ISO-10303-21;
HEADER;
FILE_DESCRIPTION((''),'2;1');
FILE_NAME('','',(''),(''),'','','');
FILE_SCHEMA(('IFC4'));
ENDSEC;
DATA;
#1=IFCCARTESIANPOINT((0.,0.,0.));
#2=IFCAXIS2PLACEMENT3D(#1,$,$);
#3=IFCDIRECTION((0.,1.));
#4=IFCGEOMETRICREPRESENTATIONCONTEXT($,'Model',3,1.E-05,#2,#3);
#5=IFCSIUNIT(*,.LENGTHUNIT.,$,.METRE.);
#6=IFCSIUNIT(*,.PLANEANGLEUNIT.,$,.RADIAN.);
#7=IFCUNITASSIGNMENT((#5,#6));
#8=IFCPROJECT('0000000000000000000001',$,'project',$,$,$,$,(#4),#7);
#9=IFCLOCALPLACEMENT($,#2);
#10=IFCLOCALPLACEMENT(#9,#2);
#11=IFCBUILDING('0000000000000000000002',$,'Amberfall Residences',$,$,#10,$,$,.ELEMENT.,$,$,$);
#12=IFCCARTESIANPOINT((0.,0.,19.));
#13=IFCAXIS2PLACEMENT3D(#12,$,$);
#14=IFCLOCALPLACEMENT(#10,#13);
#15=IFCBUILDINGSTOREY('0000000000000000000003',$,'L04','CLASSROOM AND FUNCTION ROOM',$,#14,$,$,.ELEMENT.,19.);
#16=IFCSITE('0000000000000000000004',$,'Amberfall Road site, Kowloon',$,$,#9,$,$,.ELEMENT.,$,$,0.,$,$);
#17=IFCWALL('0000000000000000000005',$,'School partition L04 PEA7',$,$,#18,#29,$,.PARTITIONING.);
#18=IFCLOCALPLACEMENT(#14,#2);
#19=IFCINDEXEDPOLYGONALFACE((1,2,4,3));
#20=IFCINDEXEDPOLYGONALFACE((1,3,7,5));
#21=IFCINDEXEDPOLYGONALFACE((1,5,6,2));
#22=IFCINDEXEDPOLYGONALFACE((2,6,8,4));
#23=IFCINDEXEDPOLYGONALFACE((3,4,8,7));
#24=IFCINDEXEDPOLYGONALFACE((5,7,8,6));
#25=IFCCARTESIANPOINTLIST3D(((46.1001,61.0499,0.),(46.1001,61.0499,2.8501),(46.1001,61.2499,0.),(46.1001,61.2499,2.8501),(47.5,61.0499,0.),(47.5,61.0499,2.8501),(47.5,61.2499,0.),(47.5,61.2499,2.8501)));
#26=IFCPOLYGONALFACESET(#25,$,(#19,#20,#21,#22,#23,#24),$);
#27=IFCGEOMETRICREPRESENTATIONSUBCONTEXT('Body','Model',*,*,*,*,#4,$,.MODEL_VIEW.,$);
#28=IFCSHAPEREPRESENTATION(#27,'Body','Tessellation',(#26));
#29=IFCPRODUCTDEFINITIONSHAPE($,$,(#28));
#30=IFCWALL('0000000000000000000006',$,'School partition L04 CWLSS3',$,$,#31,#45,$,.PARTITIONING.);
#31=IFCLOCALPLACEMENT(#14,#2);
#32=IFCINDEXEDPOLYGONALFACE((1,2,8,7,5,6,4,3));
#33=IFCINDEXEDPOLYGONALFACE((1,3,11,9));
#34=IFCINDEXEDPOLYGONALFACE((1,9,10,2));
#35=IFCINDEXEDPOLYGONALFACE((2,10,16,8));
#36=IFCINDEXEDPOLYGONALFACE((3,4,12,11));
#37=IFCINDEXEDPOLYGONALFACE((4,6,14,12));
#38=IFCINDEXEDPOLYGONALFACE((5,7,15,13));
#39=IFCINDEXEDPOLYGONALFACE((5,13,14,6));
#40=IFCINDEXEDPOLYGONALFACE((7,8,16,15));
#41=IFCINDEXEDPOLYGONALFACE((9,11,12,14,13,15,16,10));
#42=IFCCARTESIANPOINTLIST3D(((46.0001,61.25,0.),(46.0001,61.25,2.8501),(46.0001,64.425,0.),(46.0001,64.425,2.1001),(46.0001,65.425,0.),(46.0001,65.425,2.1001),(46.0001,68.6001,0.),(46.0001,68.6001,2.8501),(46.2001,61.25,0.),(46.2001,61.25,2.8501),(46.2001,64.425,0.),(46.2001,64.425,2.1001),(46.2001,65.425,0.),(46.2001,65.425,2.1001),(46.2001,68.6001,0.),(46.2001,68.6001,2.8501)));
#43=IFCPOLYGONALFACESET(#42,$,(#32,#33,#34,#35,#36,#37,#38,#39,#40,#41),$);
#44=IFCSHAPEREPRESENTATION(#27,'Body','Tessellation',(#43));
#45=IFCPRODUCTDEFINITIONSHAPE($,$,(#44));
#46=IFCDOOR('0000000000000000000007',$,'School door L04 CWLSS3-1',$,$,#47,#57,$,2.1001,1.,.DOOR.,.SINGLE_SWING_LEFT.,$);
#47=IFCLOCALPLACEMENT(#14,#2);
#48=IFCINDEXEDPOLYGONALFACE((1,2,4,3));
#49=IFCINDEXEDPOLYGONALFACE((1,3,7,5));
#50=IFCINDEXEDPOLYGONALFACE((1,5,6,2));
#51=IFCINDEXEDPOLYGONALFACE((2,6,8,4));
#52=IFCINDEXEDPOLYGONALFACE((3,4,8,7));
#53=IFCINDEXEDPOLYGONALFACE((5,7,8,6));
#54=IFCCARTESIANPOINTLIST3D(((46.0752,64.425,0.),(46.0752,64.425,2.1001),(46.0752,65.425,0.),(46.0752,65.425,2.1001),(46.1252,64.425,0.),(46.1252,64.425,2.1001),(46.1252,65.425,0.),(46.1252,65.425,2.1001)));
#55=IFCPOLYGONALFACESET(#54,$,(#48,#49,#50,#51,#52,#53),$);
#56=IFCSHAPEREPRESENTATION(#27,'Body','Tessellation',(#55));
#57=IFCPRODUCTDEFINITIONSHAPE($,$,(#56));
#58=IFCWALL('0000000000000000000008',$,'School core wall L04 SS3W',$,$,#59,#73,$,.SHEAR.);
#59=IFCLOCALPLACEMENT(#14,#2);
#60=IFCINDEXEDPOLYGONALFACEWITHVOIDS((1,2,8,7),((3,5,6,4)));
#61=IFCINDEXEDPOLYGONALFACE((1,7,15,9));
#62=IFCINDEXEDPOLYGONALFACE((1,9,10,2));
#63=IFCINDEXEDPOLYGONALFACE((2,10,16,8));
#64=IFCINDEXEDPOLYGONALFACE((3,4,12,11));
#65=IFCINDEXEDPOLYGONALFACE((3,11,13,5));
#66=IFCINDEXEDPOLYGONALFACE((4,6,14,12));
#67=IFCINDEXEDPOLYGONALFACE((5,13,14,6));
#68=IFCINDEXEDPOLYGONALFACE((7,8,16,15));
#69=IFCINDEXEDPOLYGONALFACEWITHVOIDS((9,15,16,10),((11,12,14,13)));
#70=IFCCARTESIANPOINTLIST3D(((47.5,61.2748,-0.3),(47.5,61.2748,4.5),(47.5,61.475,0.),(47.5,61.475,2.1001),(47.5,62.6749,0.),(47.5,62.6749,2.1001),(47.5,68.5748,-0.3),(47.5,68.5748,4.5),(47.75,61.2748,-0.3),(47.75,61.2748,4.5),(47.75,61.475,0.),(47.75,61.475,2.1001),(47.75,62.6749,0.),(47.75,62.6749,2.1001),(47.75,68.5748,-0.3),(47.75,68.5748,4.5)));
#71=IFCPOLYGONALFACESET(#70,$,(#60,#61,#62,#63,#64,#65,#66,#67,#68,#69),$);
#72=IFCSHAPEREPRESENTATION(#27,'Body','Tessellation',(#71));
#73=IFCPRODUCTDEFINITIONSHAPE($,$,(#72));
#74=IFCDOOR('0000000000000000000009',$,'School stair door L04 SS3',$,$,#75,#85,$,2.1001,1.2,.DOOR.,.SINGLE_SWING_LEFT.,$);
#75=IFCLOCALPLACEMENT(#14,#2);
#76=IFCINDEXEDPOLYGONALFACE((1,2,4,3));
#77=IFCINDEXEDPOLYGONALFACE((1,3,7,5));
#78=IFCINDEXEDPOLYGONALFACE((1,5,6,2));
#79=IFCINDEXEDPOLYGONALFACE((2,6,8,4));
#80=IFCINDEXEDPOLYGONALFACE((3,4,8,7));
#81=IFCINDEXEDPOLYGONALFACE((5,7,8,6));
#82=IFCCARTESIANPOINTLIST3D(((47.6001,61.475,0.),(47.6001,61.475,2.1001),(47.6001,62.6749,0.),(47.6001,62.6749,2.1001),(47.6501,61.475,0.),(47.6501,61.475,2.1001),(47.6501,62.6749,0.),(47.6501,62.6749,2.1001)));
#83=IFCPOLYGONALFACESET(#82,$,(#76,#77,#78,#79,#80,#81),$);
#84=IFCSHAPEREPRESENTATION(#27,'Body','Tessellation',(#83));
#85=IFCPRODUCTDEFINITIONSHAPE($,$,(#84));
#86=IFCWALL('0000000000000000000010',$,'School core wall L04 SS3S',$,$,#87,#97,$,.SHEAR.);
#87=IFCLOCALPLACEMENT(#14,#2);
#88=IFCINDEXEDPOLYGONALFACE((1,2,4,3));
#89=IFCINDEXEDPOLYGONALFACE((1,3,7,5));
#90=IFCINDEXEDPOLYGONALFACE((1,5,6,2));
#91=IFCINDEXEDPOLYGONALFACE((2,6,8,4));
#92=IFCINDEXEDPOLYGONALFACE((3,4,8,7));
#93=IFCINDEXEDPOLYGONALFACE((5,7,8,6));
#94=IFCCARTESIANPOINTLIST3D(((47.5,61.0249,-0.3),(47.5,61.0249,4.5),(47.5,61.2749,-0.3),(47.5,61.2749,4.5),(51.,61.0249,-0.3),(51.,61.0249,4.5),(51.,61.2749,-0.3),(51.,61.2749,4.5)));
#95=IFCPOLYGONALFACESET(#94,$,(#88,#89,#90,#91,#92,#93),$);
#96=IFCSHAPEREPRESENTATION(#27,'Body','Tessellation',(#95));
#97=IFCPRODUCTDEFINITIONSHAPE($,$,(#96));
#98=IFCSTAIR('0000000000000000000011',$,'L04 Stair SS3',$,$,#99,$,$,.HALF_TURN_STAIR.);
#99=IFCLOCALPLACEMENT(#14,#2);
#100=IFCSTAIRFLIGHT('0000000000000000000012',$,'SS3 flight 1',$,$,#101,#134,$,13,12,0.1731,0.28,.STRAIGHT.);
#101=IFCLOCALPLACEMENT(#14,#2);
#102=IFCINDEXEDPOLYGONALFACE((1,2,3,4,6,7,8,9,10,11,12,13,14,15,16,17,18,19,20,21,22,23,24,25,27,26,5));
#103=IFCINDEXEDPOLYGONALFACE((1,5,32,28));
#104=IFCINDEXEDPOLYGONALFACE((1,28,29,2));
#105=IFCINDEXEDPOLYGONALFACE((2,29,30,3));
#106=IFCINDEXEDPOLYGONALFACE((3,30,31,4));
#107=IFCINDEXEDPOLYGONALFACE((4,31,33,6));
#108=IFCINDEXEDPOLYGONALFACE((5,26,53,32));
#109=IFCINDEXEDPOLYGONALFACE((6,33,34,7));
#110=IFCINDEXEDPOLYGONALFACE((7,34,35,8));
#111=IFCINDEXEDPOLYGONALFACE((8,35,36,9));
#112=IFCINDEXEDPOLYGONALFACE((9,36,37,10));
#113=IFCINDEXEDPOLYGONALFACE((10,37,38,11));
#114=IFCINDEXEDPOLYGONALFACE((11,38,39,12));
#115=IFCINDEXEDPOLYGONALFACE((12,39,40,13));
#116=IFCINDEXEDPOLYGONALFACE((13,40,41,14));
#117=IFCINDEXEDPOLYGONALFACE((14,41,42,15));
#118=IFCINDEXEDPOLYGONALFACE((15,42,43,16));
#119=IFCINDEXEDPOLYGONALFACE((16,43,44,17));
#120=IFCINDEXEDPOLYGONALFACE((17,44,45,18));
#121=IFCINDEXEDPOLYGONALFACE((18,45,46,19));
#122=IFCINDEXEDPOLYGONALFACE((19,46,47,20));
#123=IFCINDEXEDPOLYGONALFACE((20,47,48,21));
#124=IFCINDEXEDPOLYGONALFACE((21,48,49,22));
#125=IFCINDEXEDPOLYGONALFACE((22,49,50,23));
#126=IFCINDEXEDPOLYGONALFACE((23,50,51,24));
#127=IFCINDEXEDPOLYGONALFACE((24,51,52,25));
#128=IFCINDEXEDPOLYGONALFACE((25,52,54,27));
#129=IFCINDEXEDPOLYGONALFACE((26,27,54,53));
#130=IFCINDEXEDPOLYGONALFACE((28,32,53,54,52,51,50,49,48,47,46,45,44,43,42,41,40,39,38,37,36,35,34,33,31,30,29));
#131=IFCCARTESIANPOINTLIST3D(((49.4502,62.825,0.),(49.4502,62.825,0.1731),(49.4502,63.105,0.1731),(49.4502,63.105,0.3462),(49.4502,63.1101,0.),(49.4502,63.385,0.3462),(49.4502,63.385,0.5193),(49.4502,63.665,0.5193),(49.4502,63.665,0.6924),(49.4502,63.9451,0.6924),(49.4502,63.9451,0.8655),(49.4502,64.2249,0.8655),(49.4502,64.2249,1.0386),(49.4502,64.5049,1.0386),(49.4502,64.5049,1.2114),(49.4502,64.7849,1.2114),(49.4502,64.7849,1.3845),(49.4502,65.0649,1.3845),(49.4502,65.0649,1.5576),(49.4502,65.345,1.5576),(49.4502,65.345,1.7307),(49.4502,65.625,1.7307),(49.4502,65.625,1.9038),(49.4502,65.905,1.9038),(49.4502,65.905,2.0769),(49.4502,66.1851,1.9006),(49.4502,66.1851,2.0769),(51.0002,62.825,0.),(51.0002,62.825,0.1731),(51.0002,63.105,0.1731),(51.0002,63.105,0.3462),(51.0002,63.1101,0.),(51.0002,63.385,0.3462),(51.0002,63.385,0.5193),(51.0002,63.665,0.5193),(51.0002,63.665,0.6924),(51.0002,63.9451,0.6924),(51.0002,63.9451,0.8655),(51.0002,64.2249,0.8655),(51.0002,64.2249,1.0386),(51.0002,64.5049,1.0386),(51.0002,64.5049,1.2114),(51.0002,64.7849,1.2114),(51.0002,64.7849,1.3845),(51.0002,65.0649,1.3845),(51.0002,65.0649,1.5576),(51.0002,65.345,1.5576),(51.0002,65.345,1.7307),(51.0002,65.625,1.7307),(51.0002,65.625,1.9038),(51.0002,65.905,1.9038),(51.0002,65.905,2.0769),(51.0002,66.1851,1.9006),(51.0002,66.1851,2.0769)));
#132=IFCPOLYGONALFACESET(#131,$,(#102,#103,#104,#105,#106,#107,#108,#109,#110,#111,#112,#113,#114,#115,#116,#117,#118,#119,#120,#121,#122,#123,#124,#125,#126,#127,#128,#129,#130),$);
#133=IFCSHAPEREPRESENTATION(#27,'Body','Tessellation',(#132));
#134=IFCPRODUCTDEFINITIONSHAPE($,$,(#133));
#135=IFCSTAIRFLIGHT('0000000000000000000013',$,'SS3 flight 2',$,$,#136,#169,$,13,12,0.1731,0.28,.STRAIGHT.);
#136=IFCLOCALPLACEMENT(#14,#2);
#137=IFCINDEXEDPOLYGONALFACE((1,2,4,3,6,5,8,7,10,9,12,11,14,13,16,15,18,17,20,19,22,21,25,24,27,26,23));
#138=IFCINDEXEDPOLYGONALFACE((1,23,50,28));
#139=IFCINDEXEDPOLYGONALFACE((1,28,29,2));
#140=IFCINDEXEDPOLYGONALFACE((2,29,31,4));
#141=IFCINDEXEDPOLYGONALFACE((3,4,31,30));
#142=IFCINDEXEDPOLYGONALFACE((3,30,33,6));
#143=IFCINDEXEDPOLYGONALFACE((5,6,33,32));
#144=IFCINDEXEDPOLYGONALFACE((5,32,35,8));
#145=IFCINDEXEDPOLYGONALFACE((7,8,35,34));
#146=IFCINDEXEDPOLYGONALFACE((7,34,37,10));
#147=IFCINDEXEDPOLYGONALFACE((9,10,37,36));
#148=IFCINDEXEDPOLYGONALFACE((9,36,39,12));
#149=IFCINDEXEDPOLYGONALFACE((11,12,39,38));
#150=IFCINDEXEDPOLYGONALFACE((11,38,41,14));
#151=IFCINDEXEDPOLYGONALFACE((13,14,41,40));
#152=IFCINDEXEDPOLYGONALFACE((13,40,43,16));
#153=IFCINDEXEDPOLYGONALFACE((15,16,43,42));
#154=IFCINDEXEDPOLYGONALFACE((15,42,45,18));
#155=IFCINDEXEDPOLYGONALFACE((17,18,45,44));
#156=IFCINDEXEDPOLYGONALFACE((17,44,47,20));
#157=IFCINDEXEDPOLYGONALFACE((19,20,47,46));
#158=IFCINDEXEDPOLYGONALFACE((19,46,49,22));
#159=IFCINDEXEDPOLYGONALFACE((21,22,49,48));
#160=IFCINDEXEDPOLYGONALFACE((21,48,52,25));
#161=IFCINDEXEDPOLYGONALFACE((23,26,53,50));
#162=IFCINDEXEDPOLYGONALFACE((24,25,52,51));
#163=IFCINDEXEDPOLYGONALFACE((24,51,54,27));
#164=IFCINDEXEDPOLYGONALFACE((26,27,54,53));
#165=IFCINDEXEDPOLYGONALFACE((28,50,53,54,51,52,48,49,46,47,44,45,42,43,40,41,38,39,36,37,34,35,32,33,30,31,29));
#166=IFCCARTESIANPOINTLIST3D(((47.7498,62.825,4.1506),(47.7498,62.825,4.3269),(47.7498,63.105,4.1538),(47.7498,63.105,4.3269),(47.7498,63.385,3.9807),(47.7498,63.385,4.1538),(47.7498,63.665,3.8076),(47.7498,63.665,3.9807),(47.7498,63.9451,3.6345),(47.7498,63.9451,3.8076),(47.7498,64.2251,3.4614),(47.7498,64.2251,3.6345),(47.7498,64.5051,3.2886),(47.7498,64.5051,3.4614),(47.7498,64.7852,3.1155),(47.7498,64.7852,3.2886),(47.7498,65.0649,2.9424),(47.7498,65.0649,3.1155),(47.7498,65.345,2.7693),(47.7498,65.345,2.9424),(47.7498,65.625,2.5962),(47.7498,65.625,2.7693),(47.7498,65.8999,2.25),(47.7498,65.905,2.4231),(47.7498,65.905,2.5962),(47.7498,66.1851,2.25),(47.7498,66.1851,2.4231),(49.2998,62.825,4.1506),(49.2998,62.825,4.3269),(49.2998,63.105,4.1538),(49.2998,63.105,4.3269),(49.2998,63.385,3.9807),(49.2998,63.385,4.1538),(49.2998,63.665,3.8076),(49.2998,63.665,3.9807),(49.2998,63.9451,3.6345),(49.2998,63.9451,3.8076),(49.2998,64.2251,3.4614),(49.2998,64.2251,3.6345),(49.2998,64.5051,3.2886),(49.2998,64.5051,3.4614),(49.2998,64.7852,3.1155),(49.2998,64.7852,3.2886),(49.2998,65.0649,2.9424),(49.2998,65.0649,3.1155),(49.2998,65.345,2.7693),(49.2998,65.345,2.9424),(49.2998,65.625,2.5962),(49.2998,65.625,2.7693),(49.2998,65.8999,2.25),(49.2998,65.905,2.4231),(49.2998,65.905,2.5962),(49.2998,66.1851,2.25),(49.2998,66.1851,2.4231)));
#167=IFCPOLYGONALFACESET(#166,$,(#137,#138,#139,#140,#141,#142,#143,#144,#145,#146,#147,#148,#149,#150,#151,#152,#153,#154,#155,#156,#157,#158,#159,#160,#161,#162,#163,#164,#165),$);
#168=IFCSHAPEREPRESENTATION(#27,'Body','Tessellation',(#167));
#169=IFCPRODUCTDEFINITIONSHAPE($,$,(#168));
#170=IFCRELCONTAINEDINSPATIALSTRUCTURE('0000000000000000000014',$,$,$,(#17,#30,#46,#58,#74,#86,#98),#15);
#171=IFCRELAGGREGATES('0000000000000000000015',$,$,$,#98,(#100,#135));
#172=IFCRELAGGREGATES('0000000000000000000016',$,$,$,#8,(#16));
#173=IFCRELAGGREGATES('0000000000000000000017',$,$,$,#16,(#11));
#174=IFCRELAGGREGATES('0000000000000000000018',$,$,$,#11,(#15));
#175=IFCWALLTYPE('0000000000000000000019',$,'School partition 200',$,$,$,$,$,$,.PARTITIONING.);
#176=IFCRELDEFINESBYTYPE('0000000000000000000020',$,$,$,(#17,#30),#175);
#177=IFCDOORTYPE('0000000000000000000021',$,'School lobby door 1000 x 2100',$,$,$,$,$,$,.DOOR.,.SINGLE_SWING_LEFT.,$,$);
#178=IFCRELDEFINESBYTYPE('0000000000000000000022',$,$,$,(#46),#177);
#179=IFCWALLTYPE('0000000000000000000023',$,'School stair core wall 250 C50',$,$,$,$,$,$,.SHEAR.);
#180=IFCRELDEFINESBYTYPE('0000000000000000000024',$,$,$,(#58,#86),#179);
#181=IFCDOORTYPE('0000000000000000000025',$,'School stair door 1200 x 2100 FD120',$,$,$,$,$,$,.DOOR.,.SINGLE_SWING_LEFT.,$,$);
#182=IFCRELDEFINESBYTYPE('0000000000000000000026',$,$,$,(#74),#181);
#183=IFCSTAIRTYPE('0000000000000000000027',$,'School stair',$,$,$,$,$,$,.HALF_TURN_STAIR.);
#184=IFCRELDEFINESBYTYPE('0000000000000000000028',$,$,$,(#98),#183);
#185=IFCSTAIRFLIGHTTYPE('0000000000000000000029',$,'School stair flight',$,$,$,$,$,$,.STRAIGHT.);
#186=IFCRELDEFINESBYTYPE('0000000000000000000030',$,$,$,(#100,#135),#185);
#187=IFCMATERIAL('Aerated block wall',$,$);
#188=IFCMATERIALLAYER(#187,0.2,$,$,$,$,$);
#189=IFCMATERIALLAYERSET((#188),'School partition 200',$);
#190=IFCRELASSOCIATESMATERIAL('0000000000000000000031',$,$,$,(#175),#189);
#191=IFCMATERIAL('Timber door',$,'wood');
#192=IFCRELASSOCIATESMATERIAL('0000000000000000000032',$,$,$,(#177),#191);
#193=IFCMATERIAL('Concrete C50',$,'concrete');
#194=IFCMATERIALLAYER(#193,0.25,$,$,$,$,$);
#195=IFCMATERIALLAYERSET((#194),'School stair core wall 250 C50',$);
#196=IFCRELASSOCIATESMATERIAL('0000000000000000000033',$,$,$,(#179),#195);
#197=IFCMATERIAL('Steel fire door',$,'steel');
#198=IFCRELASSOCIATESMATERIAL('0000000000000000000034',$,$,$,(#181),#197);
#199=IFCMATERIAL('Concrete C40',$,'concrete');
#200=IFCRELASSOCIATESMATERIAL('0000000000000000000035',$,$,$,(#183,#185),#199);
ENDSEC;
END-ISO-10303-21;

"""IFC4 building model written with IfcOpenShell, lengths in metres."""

from ifc_helpers import new_model, si_unit, direction, frame, frame_2d, origin, place, context, subcontext, project, spatial, polyline, rectangle, outline, extrude, material, layer, layer_set, type_object, element, fill, aggregate, save


model = new_model("IFC4")

# Units and contexts
model_context = context("Model", 3, precision=1e-05, world=origin(), true_north=direction((0.0, 1.0)))
body_context = subcontext(model_context, "Body", "Model", "MODEL_VIEW")
ifc_project = project(units=[si_unit("LENGTHUNIT", "METRE"), si_unit("PLANEANGLEUNIT", "RADIAN")], contexts=[model_context])

# Site, building, storey
site_placement = place(None, origin())
site = spatial("IfcSite", under=ifc_project, at=site_placement, Name="Amberfall Road site, Kowloon", CompositionType="ELEMENT", RefElevation=0.0)
building_placement = place(site_placement, origin())
building = spatial("IfcBuilding", under=site, at=building_placement, Name="Amberfall Residences", CompositionType="ELEMENT")
storey_placement = place(building_placement, frame((0.0, 0.0, 19.0)))
storey = spatial("IfcBuildingStorey", under=building, at=storey_placement, Name="L04", Description="CLASSROOM AND FUNCTION ROOM", CompositionType="ELEMENT", Elevation=19.0)

# Shared definitions
ifc_material_1 = material(Name="Concrete C40", Category="concrete")

# Shared definitions
ifc_material_2 = material(Name="Aerated block wall")

# Shared definitions
ifc_layer_1 = layer(ifc_material_2, 0.2)
ifc_layer_set_1 = layer_set([ifc_layer_1], Name="School partition 200")
wall_type_1 = type_object("IfcWallType", Name="School partition 200", PredefinedType="PARTITIONING", material=ifc_layer_set_1)
ifc_material_3 = material(Name="Timber door", Category="wood")

# Wall
wall_1_placement = place(storey_placement, frame((46.1001, 61.1499, 0.0), z_axis=(0.0, 0.0, 1.0), x_axis=(1.0, 0.0, 0.0)))
element("IfcWall", 1, at=wall_1_placement, inside=storey, type_object=wall_type_1, Name="School partition L04 PEA7", PredefinedType="PARTITIONING", context=body_context, shape_type="SweptSolid", body=[
    extrude(rectangle(XDim=1.3999, YDim=0.2, at=frame_2d((0.7, 0.0))), origin(), (0.0, 0.0, 1.0), 2.8501),
])

# Walls, openings, doors
wall_2_placement = place(storey_placement, frame((46.1001, 61.25, 0.0), z_axis=(0.0, 0.0, 1.0), x_axis=(0.0, 1.0, 0.0)))
wall_2 = element("IfcWall", 2, at=wall_2_placement, inside=storey, type_object=wall_type_1, Name="School partition L04 CWLSS3", PredefinedType="PARTITIONING", context=body_context, shape_type="SweptSolid", body=[
    extrude(rectangle(XDim=7.3501, YDim=0.2, at=frame_2d((3.675, 0.0))), origin(), (0.0, 0.0, 1.0), 2.8501),
])
opening_1_placement = place(wall_2_placement, frame((3.175, 0.0, 0.0)))
opening_1 = element("IfcOpeningElement", 3, at=opening_1_placement, cuts=wall_2, PredefinedType="OPENING", context=body_context, shape_type="SweptSolid", body=[
    extrude(rectangle(XDim=1.0, YDim=2.1001, at=frame_2d((0.5, 1.05))), frame((0.0, 0.1099, 0.0), z_axis=(0.0, -1.0, 0.0), x_axis=(1.0, 0.0, 0.0)), (0.0, 0.0, 1.0), 0.22),
])
door_type_1 = type_object("IfcDoorType", Name="School lobby door 1000 x 2100", OperationType="SINGLE_SWING_LEFT", PredefinedType="DOOR", material=ifc_material_3)
door_1_placement = place(opening_1_placement, origin())
door_1 = element("IfcDoor", 4, at=door_1_placement, inside=storey, type_object=door_type_1, Name="School door L04 CWLSS3-1", OperationType="SINGLE_SWING_LEFT", OverallHeight=2.1001, OverallWidth=1.0, PredefinedType="DOOR", context=body_context, shape_type="SweptSolid", body=[
    extrude(rectangle(XDim=1.0, YDim=2.1001, at=frame_2d((0.5, 1.05))), frame((0.0, 0.0249, 0.0), z_axis=(0.0, -1.0, 0.0), x_axis=(1.0, 0.0, 0.0)), (0.0, 0.0, 1.0), 0.05),
])
fill(opening_1, door_1)
ifc_material_4 = material(Name="Concrete C50", Category="concrete")
ifc_layer_2 = layer(ifc_material_4, 0.25)
ifc_layer_set_2 = layer_set([ifc_layer_2], Name="School stair core wall 250 C50")
wall_type_2 = type_object("IfcWallType", Name="School stair core wall 250 C50", PredefinedType="SHEAR", material=ifc_layer_set_2)
wall_3_placement = place(storey_placement, frame((47.625, 61.2749, -0.3), z_axis=(0.0, 0.0, 1.0), x_axis=(0.0, 1.0, 0.0)))
wall_3 = element("IfcWall", 5, at=wall_3_placement, inside=storey, type_object=wall_type_2, Name="School core wall L04 SS3W", PredefinedType="SHEAR", context=body_context, shape_type="SweptSolid", body=[
    extrude(rectangle(XDim=7.3, YDim=0.25, at=frame_2d((3.6499, 0.0))), origin(), (0.0, 0.0, 1.0), 4.8),
])
opening_2_placement = place(wall_3_placement, frame((0.2, 0.0, 0.3)))
opening_2 = element("IfcOpeningElement", 6, at=opening_2_placement, cuts=wall_3, PredefinedType="OPENING", context=body_context, shape_type="SweptSolid", body=[
    extrude(rectangle(XDim=1.2, YDim=2.1001, at=frame_2d((0.6001, 1.05))), frame((0.0, 0.135, 0.0), z_axis=(0.0, -1.0, 0.0), x_axis=(1.0, 0.0, 0.0)), (0.0, 0.0, 1.0), 0.27),
])
ifc_material_5 = material(Name="Steel fire door", Category="steel")
door_type_2 = type_object("IfcDoorType", Name="School stair door 1200 x 2100 FD120", OperationType="SINGLE_SWING_LEFT", PredefinedType="DOOR", material=ifc_material_5)
door_2_placement = place(opening_2_placement, origin())
door_2 = element("IfcDoor", 7, at=door_2_placement, inside=storey, type_object=door_type_2, Name="School stair door L04 SS3", OperationType="SINGLE_SWING_LEFT", OverallHeight=2.1001, OverallWidth=1.2, PredefinedType="DOOR", context=body_context, shape_type="SweptSolid", body=[
    extrude(rectangle(XDim=1.2, YDim=2.1001, at=frame_2d((0.6001, 1.05))), frame((0.0, 0.0249, 0.0), z_axis=(0.0, -1.0, 0.0), x_axis=(1.0, 0.0, 0.0)), (0.0, 0.0, 1.0), 0.05),
])
fill(opening_2, door_2)

# Wall
wall_4_placement = place(storey_placement, frame((47.5, 61.1499, -0.3), z_axis=(0.0, 0.0, 1.0), x_axis=(1.0, 0.0, 0.0)))
element("IfcWall", 8, at=wall_4_placement, inside=storey, type_object=wall_type_2, Name="School core wall L04 SS3S", PredefinedType="SHEAR", context=body_context, shape_type="SweptSolid", body=[
    extrude(rectangle(XDim=3.5, YDim=0.25, at=frame_2d((1.75, 0.0))), origin(), (0.0, 0.0, 1.0), 4.8),
])

# Stair, stair flights
stair_type = type_object("IfcStairType", Name="School stair", PredefinedType="HALF_TURN_STAIR", material=ifc_material_1)
stair_placement = place(storey_placement, origin())
stair = element("IfcStair", 9, at=stair_placement, inside=storey, type_object=stair_type, Name="L04 Stair SS3", PredefinedType="HALF_TURN_STAIR")
stair_flight_type = type_object("IfcStairFlightType", Name="School stair flight", PredefinedType="STRAIGHT", material=ifc_material_1)
stair_flight_1_placement = place(storey_placement, frame((50.2251, 62.825, 0.0), z_axis=(0.0, 0.0, 1.0), x_axis=(0.0, 1.0, 0.0)))
stair_flight_1 = element("IfcStairFlight", 10, at=stair_flight_1_placement, type_object=stair_flight_type, Name="SS3 flight 1", NumberOfRisers=13, NumberOfTreads=12, PredefinedType="STRAIGHT", RiserHeight=0.1731, TreadLength=0.28, context=body_context, shape_type="SweptSolid", body=[
    extrude(outline(polyline([(0.0, 0.0), (0.0, 0.1731), (0.28, 0.1731), (0.28, 0.3462), (0.5601, 0.3462), (0.5601, 0.5193), (0.8401, 0.5193), (0.8401, 0.6924), (1.1201, 0.6924), (1.1201, 0.8655), (1.3999, 0.8655), (1.3999, 1.0386), (1.6799, 1.0386), (1.6799, 1.2114), (1.96, 1.2114), (1.96, 1.3845), (2.24, 1.3845), (2.24, 1.5576), (2.52, 1.5576), (2.52, 1.7307), (2.8, 1.7307), (2.8, 1.9038), (3.0801, 1.9038), (3.0801, 2.0769), (3.3601, 2.0769), (3.3601, 2.25), (3.3601, 1.9006), (0.2852, 0.0), (0.0, 0.0)])), frame((0.0, 0.7749, 0.0), z_axis=(0.0, -1.0, 0.0), x_axis=(1.0, 0.0, 0.0)), (0.0, 0.0, 1.0), 1.55),
])
stair_flight_2_placement = place(storey_placement, frame((48.5249, 66.1851, 2.25), z_axis=(0.0, 0.0, 1.0), x_axis=(0.0, -1.0, 0.0)))
stair_flight_2 = element("IfcStairFlight", 11, at=stair_flight_2_placement, type_object=stair_flight_type, Name="SS3 flight 2", NumberOfRisers=13, NumberOfTreads=12, PredefinedType="STRAIGHT", RiserHeight=0.1731, TreadLength=0.28, context=body_context, shape_type="SweptSolid", body=[
    extrude(outline(polyline([(0.0, 0.0), (0.0, 0.1731), (0.28, 0.1731), (0.28, 0.3462), (0.5601, 0.3462), (0.5601, 0.5193), (0.8401, 0.5193), (0.8401, 0.6924), (1.1201, 0.6924), (1.1201, 0.8655), (1.3999, 0.8655), (1.3999, 1.0386), (1.6799, 1.0386), (1.6799, 1.2114), (1.96, 1.2114), (1.96, 1.3845), (2.24, 1.3845), (2.24, 1.5576), (2.52, 1.5576), (2.52, 1.7307), (2.8, 1.7307), (2.8, 1.9038), (3.0801, 1.9038), (3.0801, 2.0769), (3.3601, 2.0769), (3.3601, 2.25), (3.3601, 1.9006), (0.2852, 0.0), (0.0, 0.0)])), frame((0.0, 0.7749, 0.0), z_axis=(0.0, -1.0, 0.0), x_axis=(1.0, 0.0, 0.0)), (0.0, 0.0, 1.0), 1.55),
])
aggregate(stair, [stair_flight_1, stair_flight_2])

save(model, "model.ifc")
